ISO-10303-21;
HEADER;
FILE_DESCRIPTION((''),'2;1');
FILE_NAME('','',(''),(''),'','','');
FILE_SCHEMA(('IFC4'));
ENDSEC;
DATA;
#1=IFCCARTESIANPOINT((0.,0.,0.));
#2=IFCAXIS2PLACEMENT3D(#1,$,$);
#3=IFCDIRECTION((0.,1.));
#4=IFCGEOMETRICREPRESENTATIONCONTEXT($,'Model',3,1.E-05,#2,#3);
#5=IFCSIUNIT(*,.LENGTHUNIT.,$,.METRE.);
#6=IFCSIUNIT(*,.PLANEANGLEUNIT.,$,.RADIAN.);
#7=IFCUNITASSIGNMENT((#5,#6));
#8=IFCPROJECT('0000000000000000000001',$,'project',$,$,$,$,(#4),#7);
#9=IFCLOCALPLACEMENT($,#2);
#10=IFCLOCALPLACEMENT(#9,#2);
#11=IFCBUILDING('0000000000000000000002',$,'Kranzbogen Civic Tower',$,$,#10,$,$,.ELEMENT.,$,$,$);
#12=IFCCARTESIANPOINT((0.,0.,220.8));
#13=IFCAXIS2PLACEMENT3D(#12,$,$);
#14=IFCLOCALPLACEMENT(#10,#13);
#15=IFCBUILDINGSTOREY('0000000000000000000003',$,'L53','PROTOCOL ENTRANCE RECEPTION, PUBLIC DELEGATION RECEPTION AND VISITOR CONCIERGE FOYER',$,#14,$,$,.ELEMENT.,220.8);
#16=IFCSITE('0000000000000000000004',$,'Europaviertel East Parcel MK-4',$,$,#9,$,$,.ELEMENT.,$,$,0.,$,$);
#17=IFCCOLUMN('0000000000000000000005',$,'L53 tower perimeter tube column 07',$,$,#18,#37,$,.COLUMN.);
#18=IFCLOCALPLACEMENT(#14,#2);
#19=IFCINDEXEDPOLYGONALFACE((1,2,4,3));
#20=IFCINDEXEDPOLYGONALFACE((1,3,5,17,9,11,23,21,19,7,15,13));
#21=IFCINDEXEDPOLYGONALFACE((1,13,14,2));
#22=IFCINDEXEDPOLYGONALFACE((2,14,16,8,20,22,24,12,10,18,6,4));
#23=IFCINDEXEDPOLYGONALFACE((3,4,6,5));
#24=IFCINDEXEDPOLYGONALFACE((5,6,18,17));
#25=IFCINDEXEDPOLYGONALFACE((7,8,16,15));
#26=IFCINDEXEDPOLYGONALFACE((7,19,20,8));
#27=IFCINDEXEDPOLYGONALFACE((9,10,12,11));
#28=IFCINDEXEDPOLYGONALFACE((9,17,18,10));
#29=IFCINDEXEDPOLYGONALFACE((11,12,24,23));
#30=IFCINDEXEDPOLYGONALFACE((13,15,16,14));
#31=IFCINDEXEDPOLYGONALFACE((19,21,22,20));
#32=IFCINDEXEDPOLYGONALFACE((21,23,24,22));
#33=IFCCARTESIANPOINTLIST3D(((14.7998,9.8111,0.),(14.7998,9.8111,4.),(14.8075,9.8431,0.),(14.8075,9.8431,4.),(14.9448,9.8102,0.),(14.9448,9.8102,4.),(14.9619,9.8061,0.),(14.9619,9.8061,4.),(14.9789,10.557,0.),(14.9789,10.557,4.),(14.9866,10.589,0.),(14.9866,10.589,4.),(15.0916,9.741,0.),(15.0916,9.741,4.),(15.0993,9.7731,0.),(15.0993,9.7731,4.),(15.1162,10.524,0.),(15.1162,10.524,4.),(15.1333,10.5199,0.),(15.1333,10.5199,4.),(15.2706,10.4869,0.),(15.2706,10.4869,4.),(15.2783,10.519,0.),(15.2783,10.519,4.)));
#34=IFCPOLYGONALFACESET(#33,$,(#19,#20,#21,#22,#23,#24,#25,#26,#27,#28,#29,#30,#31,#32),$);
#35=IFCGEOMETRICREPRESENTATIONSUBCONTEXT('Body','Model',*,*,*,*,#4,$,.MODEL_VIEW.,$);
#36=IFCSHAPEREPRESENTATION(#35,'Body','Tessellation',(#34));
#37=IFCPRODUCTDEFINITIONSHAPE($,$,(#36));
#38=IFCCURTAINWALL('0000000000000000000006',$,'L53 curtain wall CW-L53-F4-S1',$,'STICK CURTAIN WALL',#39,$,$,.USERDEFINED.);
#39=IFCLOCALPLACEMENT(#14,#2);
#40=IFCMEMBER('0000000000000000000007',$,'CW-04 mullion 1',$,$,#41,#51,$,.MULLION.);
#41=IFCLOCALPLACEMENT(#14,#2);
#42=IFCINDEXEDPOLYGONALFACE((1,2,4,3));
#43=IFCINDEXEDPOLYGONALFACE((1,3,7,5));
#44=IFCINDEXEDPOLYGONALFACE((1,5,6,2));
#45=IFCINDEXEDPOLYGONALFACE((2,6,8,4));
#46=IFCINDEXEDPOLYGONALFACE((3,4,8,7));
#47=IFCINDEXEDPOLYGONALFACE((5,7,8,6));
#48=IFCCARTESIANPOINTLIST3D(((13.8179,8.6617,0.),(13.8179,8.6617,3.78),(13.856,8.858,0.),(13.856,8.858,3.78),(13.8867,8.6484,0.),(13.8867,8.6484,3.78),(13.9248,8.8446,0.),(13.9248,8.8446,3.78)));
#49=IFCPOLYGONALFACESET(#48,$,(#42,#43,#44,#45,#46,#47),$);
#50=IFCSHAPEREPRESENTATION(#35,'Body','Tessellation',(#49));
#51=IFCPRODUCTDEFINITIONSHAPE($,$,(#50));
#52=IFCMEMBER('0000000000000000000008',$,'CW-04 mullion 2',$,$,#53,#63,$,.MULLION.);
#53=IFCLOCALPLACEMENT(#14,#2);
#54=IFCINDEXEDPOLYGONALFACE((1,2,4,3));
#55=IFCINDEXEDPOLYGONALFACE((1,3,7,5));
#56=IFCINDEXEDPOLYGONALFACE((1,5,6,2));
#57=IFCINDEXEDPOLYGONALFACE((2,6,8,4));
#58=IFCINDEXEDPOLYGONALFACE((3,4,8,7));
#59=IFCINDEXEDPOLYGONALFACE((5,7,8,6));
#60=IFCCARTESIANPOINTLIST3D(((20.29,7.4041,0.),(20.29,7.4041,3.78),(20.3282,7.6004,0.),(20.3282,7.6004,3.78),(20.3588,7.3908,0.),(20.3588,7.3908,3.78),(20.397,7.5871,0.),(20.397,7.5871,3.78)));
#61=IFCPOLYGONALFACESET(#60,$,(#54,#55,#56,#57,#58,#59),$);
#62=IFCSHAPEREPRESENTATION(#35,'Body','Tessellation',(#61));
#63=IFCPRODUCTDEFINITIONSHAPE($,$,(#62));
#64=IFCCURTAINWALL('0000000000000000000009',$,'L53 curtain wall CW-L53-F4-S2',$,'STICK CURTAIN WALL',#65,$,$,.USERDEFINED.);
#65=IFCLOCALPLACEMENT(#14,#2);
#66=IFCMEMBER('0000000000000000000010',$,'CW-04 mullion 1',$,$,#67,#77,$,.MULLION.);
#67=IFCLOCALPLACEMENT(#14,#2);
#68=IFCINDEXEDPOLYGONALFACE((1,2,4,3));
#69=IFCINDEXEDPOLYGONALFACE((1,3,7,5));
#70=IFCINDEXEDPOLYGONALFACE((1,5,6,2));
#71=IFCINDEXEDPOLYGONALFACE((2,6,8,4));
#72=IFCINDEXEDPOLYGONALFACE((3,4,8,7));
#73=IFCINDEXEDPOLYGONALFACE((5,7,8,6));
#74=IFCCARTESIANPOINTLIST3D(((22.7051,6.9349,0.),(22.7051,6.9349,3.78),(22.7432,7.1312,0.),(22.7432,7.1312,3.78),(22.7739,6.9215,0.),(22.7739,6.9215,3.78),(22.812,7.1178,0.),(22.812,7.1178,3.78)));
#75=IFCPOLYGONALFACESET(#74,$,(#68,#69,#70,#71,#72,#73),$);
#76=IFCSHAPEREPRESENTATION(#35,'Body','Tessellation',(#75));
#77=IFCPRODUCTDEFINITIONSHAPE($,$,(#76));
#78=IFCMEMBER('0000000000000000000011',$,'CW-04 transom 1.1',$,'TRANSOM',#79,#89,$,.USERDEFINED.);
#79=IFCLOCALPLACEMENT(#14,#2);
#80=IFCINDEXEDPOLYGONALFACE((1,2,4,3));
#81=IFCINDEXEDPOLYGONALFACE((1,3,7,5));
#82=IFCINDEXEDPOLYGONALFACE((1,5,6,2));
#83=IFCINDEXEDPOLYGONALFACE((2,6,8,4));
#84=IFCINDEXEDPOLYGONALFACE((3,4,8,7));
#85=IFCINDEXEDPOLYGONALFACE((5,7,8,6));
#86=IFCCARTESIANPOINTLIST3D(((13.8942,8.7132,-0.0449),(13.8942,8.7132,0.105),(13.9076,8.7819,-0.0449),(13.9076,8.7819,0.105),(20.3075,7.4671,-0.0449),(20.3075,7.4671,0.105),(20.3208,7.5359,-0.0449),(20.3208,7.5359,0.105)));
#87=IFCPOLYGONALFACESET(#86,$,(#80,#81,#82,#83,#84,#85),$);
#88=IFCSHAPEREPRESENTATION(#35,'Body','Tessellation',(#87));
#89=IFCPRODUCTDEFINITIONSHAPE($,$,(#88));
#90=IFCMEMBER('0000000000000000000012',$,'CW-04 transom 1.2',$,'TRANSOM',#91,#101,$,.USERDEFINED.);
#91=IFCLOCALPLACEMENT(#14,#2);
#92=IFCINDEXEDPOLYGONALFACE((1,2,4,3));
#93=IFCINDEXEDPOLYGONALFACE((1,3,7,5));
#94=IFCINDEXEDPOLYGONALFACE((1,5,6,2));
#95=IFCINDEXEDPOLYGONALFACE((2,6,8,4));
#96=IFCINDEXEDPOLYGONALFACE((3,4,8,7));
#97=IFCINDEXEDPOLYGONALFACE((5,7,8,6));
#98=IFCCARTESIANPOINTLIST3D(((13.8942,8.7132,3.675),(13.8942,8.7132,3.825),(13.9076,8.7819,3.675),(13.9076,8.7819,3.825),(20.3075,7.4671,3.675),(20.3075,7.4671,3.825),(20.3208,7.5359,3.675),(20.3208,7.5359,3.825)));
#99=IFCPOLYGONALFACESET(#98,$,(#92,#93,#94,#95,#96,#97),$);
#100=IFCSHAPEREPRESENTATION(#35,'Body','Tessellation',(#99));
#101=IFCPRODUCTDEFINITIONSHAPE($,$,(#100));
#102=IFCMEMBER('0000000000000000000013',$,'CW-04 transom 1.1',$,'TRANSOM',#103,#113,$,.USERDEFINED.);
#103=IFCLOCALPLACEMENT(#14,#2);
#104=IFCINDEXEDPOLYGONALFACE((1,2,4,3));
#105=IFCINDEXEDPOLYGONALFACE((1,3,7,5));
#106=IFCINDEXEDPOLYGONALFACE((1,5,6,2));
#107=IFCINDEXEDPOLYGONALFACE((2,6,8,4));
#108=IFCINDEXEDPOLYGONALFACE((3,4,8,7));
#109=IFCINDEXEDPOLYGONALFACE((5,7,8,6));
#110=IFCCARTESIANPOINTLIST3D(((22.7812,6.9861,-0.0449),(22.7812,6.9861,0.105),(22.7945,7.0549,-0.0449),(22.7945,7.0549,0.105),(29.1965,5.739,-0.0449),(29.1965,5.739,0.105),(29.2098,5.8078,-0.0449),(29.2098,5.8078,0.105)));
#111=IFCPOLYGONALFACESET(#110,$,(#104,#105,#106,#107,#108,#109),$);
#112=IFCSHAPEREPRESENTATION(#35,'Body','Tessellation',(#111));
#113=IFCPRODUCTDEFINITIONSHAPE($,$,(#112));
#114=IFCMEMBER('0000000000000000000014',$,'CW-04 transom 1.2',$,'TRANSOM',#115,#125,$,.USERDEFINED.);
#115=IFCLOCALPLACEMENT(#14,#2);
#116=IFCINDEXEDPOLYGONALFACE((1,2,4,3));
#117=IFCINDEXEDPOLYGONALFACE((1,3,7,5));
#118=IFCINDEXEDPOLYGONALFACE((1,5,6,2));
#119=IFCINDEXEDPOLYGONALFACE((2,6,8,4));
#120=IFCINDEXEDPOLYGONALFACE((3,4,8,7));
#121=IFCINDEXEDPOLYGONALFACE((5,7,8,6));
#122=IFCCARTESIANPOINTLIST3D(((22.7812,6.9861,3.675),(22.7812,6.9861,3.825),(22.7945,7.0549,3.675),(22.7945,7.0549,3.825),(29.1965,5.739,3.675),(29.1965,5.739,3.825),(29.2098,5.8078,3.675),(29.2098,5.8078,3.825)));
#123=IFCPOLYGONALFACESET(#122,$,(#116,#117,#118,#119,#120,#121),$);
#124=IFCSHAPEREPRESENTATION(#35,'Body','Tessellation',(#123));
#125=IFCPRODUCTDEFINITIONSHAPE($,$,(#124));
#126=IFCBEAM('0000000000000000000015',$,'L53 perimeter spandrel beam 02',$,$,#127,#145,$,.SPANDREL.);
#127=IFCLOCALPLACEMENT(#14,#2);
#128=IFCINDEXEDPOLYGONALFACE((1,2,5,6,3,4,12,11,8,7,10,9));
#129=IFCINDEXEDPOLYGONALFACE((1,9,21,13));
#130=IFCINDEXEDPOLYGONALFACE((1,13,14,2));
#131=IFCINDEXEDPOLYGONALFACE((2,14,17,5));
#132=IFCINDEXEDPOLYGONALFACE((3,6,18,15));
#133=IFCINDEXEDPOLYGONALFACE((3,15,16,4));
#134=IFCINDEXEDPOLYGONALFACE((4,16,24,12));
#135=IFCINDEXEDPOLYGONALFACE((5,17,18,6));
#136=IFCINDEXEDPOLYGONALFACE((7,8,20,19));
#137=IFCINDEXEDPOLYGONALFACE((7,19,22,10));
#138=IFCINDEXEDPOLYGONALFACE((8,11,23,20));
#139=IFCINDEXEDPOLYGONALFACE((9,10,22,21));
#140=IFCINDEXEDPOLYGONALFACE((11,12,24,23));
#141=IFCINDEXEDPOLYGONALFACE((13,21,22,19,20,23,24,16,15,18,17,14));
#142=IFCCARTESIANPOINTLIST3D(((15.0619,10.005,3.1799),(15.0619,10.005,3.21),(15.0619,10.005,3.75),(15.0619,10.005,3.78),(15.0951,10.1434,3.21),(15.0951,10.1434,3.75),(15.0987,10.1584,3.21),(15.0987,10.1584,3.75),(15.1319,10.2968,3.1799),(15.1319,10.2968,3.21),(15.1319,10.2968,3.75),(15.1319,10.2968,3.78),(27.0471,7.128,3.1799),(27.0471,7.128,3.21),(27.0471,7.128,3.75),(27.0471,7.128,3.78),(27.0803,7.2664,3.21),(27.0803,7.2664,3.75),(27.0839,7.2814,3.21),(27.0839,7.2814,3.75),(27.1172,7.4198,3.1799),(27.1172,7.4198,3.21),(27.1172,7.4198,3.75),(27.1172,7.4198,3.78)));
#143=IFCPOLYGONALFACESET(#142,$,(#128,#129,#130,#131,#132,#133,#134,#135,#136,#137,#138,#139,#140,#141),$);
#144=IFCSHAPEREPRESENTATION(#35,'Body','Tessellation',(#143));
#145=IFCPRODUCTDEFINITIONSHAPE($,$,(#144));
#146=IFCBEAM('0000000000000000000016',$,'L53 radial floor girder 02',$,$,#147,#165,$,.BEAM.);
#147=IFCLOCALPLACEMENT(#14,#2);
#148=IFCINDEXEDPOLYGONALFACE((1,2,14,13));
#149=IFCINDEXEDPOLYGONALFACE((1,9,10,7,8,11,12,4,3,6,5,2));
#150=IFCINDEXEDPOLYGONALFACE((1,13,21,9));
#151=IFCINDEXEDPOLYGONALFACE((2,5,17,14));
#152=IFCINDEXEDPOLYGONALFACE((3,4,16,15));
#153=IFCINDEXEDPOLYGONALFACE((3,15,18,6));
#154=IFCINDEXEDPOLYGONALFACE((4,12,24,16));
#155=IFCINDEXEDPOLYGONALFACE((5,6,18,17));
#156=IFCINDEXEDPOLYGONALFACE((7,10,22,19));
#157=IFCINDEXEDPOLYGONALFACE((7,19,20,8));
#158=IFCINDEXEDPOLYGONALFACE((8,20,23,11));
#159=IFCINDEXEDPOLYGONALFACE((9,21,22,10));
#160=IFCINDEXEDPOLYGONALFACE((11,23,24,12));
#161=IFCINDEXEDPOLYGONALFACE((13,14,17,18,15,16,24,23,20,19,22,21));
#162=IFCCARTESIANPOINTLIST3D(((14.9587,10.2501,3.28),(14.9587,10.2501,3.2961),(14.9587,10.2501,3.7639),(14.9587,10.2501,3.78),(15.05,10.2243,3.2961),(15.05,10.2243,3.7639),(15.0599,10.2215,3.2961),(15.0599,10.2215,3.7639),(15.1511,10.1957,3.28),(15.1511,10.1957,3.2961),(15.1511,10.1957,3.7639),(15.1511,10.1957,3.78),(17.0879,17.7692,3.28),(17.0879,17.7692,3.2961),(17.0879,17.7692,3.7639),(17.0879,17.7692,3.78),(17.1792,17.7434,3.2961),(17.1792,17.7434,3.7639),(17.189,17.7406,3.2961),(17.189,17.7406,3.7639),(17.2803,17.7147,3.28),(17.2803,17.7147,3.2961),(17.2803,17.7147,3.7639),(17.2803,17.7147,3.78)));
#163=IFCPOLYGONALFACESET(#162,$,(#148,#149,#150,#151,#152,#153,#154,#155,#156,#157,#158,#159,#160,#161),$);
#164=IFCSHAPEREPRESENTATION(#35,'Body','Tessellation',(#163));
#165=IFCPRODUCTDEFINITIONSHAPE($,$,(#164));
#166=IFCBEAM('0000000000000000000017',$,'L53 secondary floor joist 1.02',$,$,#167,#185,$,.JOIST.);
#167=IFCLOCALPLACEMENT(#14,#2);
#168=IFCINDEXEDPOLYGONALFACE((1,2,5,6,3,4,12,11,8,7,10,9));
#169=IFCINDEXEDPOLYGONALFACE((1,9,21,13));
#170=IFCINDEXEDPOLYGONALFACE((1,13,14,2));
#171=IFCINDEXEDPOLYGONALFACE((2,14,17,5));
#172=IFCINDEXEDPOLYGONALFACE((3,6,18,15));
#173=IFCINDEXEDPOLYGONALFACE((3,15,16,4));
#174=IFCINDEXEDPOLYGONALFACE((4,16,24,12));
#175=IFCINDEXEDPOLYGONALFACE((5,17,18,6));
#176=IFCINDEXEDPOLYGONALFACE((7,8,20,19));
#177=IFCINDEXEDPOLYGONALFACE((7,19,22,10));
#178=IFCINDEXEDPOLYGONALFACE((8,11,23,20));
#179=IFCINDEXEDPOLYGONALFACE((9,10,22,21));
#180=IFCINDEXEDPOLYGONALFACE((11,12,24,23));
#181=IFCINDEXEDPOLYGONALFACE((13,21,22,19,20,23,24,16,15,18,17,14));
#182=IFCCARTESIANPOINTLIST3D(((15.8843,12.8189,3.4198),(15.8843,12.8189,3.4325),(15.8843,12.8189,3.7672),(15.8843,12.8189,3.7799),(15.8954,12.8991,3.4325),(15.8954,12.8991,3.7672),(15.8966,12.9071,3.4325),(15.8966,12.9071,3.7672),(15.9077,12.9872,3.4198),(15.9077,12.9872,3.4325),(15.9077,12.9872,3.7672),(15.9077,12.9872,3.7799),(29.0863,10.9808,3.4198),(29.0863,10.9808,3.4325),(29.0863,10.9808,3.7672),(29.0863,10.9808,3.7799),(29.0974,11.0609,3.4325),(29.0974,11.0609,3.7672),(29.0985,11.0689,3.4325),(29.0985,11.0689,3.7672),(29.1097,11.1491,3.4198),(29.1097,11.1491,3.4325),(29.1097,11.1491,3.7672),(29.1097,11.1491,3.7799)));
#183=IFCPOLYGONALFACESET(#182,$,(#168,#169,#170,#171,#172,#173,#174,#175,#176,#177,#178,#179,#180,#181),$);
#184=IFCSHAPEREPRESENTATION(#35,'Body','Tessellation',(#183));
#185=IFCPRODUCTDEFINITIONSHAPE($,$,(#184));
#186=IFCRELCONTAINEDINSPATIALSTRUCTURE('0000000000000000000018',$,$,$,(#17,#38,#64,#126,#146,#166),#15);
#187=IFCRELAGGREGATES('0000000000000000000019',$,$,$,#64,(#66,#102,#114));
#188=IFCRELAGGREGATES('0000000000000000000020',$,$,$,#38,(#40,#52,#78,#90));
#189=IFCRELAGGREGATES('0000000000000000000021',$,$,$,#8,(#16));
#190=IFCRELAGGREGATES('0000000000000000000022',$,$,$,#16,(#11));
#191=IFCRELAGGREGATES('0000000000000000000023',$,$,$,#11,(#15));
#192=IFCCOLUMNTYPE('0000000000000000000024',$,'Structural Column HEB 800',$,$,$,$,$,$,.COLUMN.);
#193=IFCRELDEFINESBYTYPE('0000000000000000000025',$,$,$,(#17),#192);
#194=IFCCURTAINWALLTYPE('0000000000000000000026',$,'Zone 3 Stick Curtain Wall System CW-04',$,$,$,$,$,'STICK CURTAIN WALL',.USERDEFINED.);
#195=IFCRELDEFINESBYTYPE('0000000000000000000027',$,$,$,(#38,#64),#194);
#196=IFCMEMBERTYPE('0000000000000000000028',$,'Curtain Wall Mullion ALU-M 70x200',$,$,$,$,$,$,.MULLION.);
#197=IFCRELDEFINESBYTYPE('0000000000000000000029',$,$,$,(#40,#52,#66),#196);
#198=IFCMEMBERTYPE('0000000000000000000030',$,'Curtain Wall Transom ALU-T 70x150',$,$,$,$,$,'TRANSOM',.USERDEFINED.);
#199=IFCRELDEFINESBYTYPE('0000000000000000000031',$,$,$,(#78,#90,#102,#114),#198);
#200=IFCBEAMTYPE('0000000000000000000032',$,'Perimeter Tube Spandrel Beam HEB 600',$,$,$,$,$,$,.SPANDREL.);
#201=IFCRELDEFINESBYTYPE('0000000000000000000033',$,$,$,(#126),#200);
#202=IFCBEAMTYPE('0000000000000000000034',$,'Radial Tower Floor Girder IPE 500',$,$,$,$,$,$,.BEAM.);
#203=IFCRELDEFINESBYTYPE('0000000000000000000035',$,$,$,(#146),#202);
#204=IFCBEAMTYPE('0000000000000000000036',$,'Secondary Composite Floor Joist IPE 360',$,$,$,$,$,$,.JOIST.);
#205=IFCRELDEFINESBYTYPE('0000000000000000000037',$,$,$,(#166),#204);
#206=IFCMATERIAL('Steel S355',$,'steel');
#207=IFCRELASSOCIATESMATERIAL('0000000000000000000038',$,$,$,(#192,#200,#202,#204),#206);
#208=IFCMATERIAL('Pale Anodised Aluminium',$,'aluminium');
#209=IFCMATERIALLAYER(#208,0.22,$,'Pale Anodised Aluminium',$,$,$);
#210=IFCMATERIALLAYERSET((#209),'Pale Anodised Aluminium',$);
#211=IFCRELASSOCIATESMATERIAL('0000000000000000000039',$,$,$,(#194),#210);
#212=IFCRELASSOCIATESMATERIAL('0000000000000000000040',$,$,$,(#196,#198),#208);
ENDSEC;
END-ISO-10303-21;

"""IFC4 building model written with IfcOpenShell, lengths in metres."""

from ifc_helpers import new_model, si_unit, direction, frame, origin, origin_2d, place, context, subcontext, project, spatial, rectangle, i_section, extrude, material, layer, layer_set, material_profile, profile_set, type_object, element, aggregate, save


model = new_model("IFC4")

# Units and contexts
model_context = context("Model", 3, precision=1e-05, world=origin(), true_north=direction((0.0, 1.0)))
body_context = subcontext(model_context, "Body", "Model", "MODEL_VIEW")
ifc_project = project(units=[si_unit("LENGTHUNIT", "METRE"), si_unit("PLANEANGLEUNIT", "RADIAN")], contexts=[model_context])

# Site, building, storey
site_placement = place(None, origin())
site = spatial("IfcSite", under=ifc_project, at=site_placement, Name="Europaviertel East Parcel MK-4", CompositionType="ELEMENT", RefElevation=0.0)
building_placement = place(site_placement, origin())
building = spatial("IfcBuilding", under=site, at=building_placement, Name="Kranzbogen Civic Tower", CompositionType="ELEMENT")
storey_placement = place(building_placement, frame((0.0, 0.0, 220.8)))
storey = spatial("IfcBuildingStorey", under=building, at=storey_placement, Name="L53", Description="PROTOCOL ENTRANCE RECEPTION, PUBLIC DELEGATION RECEPTION AND VISITOR CONCIERGE FOYER", CompositionType="ELEMENT", Elevation=220.8)

# Column
ifc_material_1 = material(Name="Steel S355", Category="steel")
ifc_material_profile_1 = material_profile(ifc_material_1, i_section(OverallWidth=0.3, OverallDepth=0.8, WebThickness=0.0176, FlangeThickness=0.033, at=origin_2d()), Name="HEB 800")
ifc_profile_set_1 = profile_set([ifc_material_profile_1], Name="Steel S355")
column_type = type_object("IfcColumnType", Name="Structural Column HEB 800", PredefinedType="COLUMN", material=ifc_profile_set_1)
column_placement = place(storey_placement, frame((15.0391, 10.165, 0.0), z_axis=(0.0, 0.0, 1.0), x_axis=(-0.97237, 0.233445, 0.0)))
element("IfcColumn", 1, at=column_placement, inside=storey, type_object=column_type, Name="L53 tower perimeter tube column 07", PredefinedType="COLUMN", context=body_context, shape_type="SweptSolid", body=[
    extrude(i_section(OverallWidth=0.3, OverallDepth=0.8, WebThickness=0.0176, FlangeThickness=0.033, at=origin_2d()), origin(), (0.0, 0.0, 1.0), 4.0),
])

# Curtain wall, members
ifc_material_2 = material(Name="Pale Anodised Aluminium", Category="aluminium")
ifc_layer_1 = layer(ifc_material_2, 0.22, Name="Pale Anodised Aluminium")
ifc_layer_set_1 = layer_set([ifc_layer_1], Name="Pale Anodised Aluminium")
curtain_wall_type = type_object("IfcCurtainWallType", Name="Zone 3 Stick Curtain Wall System CW-04", ElementType="STICK CURTAIN WALL", PredefinedType="USERDEFINED", material=ifc_layer_set_1)
curtain_wall_1_placement = place(storey_placement, origin())
curtain_wall_1 = element("IfcCurtainWall", 2, at=curtain_wall_1_placement, inside=storey, type_object=curtain_wall_type, Name="L53 curtain wall CW-L53-F4-S1", ObjectType="STICK CURTAIN WALL", PredefinedType="USERDEFINED")
ifc_material_profile_2 = material_profile(ifc_material_2, rectangle(XDim=0.0701, YDim=0.2, at=origin_2d()), Name="ALU-M 70x200")
ifc_profile_set_2 = profile_set([ifc_material_profile_2], Name="Pale Anodised Aluminium")
member_type_1 = type_object("IfcMemberType", Name="Curtain Wall Mullion ALU-M 70x200", PredefinedType="MULLION", material=ifc_profile_set_2)
member_1_placement = place(storey_placement, frame((13.8713, 8.7532, 0.0), z_axis=(0.0, 0.0, 1.0), x_axis=(0.981641, -0.190737, 0.0)))
member_1 = element("IfcMember", 3, at=member_1_placement, type_object=member_type_1, Name="CW-04 mullion 1", PredefinedType="MULLION", context=body_context, shape_type="SweptSolid", body=[
    extrude(rectangle(XDim=0.0701, YDim=0.2, at=origin_2d()), origin(), (0.0, 0.0, 1.0), 3.78),
])
member_2_placement = place(storey_placement, frame((20.3435, 7.4956, 0.0), z_axis=(0.0, 0.0, 1.0), x_axis=(0.981641, -0.190737, 0.0)))
member_2 = element("IfcMember", 4, at=member_2_placement, type_object=member_type_1, Name="CW-04 mullion 2", PredefinedType="MULLION", context=body_context, shape_type="SweptSolid", body=[
    extrude(rectangle(XDim=0.0701, YDim=0.2, at=origin_2d()), origin(), (0.0, 0.0, 1.0), 3.78),
])

# Curtain wall, member
curtain_wall_2_placement = place(storey_placement, origin())
curtain_wall_2 = element("IfcCurtainWall", 5, at=curtain_wall_2_placement, inside=storey, type_object=curtain_wall_type, Name="L53 curtain wall CW-L53-F4-S2", ObjectType="STICK CURTAIN WALL", PredefinedType="USERDEFINED")
member_3_placement = place(storey_placement, frame((22.7585, 7.0264, 0.0), z_axis=(0.0, 0.0, 1.0), x_axis=(0.981624, -0.190825, 0.0)))
member_3 = element("IfcMember", 6, at=member_3_placement, type_object=member_type_1, Name="CW-04 mullion 1", PredefinedType="MULLION", context=body_context, shape_type="SweptSolid", body=[
    extrude(rectangle(XDim=0.0701, YDim=0.2, at=origin_2d()), origin(), (0.0, 0.0, 1.0), 3.78),
])

# Members
ifc_material_profile_3 = material_profile(ifc_material_2, rectangle(XDim=0.0701, YDim=0.1499, at=origin_2d()), Name="ALU-T 70x150")
ifc_profile_set_3 = profile_set([ifc_material_profile_3], Name="Pale Anodised Aluminium")
member_type_2 = type_object("IfcMemberType", Name="Curtain Wall Transom ALU-T 70x150", ElementType="TRANSOM", PredefinedType="USERDEFINED", material=ifc_profile_set_3)
member_4_placement = place(storey_placement, frame((13.9009, 8.7476, 0.03), z_axis=(0.981642, -0.190731, 0.0), x_axis=(0.190731, 0.981642, 0.0)))
member_4 = element("IfcMember", 7, at=member_4_placement, type_object=member_type_2, Name="CW-04 transom 1.1", ObjectType="TRANSOM", PredefinedType="USERDEFINED", context=body_context, shape_type="SweptSolid", body=[
    extrude(rectangle(XDim=0.0701, YDim=0.1499, at=origin_2d()), origin(), (0.0, 0.0, 1.0), 6.5332),
])
member_5_placement = place(storey_placement, frame((13.9009, 8.7476, 3.75), z_axis=(0.981642, -0.190731, 0.0), x_axis=(0.190731, 0.981642, 0.0)))
member_5 = element("IfcMember", 8, at=member_5_placement, type_object=member_type_2, Name="CW-04 transom 1.2", ObjectType="TRANSOM", PredefinedType="USERDEFINED", context=body_context, shape_type="SweptSolid", body=[
    extrude(rectangle(XDim=0.0701, YDim=0.1499, at=origin_2d()), origin(), (0.0, 0.0, 1.0), 6.5332),
])
member_6_placement = place(storey_placement, frame((22.7878, 7.0205, 0.03), z_axis=(0.981625, -0.190819, 0.0), x_axis=(0.190819, 0.981625, 0.0)))
member_6 = element("IfcMember", 9, at=member_6_placement, type_object=member_type_2, Name="CW-04 transom 1.1", ObjectType="TRANSOM", PredefinedType="USERDEFINED", context=body_context, shape_type="SweptSolid", body=[
    extrude(rectangle(XDim=0.0701, YDim=0.1499, at=origin_2d()), origin(), (0.0, 0.0, 1.0), 6.5354),
])
member_7_placement = place(storey_placement, frame((22.7878, 7.0205, 3.75), z_axis=(0.981625, -0.190819, 0.0), x_axis=(0.190819, 0.981625, 0.0)))
member_7 = element("IfcMember", 10, at=member_7_placement, type_object=member_type_2, Name="CW-04 transom 1.2", ObjectType="TRANSOM", PredefinedType="USERDEFINED", context=body_context, shape_type="SweptSolid", body=[
    extrude(rectangle(XDim=0.0701, YDim=0.1499, at=origin_2d()), origin(), (0.0, 0.0, 1.0), 6.5354),
])
aggregate(curtain_wall_2, [member_3, member_6, member_7])

# Beams
ifc_material_profile_4 = material_profile(ifc_material_1, i_section(OverallWidth=0.3, OverallDepth=0.6001, WebThickness=0.0154, FlangeThickness=0.03, at=origin_2d()), Name="HEB 600")
ifc_profile_set_4 = profile_set([ifc_material_profile_4], Name="Steel S355")
beam_type_1 = type_object("IfcBeamType", Name="Perimeter Tube Spandrel Beam HEB 600", PredefinedType="SPANDREL", material=ifc_profile_set_4)
beam_1_placement = place(storey_placement, frame((15.0969, 10.1509, 3.48), z_axis=(0.972378, -0.233413, 0.0), x_axis=(0.233413, 0.972378, 0.0)))
element("IfcBeam", 11, at=beam_1_placement, inside=storey, type_object=beam_type_1, Name="L53 perimeter spandrel beam 02", PredefinedType="SPANDREL", context=body_context, shape_type="SweptSolid", body=[
    extrude(i_section(OverallWidth=0.3, OverallDepth=0.6001, WebThickness=0.0154, FlangeThickness=0.03, at=origin_2d()), origin(), (0.0, 0.0, 1.0), 12.3257),
])
ifc_material_profile_5 = material_profile(ifc_material_1, i_section(OverallWidth=0.2, OverallDepth=0.5, WebThickness=0.0103, FlangeThickness=0.0161, at=origin_2d()), Name="IPE 500")
ifc_profile_set_5 = profile_set([ifc_material_profile_5], Name="Steel S355")
beam_type_2 = type_object("IfcBeamType", Name="Radial Tower Floor Girder IPE 500", PredefinedType="BEAM", material=ifc_profile_set_5)
beam_2_placement = place(storey_placement, frame((15.0549, 10.2229, 3.53), z_axis=(0.272455, 0.962169, 0.0), x_axis=(-0.962169, 0.272455, 0.0)))
element("IfcBeam", 12, at=beam_2_placement, inside=storey, type_object=beam_type_2, Name="L53 radial floor girder 02", PredefinedType="BEAM", context=body_context, shape_type="SweptSolid", body=[
    extrude(i_section(OverallWidth=0.2, OverallDepth=0.5, WebThickness=0.0103, FlangeThickness=0.0161, at=origin_2d()), origin(), (0.0, 0.0, 1.0), 7.8147),
])
ifc_material_profile_6 = material_profile(ifc_material_1, i_section(OverallWidth=0.1699, OverallDepth=0.3601, WebThickness=0.0081, FlangeThickness=0.0127, at=origin_2d()), Name="IPE 360")
ifc_profile_set_6 = profile_set([ifc_material_profile_6], Name="Steel S355")
beam_type_3 = type_object("IfcBeamType", Name="Secondary Composite Floor Joist IPE 360", PredefinedType="JOIST", material=ifc_profile_set_6)
beam_3_placement = place(storey_placement, frame((15.896, 12.9031, 3.5999), z_axis=(0.990446, -0.137902, 0.0), x_axis=(0.137902, 0.990446, 0.0)))
element("IfcBeam", 13, at=beam_3_placement, inside=storey, type_object=beam_type_3, Name="L53 secondary floor joist 1.02", PredefinedType="JOIST", context=body_context, shape_type="SweptSolid", body=[
    extrude(i_section(OverallWidth=0.1699, OverallDepth=0.3601, WebThickness=0.0081, FlangeThickness=0.0127, at=origin_2d()), origin(), (0.0, 0.0, 1.0), 13.3293),
])

aggregate(curtain_wall_1, [member_1, member_2, member_4, member_5])

save(model, "model.ifc")
